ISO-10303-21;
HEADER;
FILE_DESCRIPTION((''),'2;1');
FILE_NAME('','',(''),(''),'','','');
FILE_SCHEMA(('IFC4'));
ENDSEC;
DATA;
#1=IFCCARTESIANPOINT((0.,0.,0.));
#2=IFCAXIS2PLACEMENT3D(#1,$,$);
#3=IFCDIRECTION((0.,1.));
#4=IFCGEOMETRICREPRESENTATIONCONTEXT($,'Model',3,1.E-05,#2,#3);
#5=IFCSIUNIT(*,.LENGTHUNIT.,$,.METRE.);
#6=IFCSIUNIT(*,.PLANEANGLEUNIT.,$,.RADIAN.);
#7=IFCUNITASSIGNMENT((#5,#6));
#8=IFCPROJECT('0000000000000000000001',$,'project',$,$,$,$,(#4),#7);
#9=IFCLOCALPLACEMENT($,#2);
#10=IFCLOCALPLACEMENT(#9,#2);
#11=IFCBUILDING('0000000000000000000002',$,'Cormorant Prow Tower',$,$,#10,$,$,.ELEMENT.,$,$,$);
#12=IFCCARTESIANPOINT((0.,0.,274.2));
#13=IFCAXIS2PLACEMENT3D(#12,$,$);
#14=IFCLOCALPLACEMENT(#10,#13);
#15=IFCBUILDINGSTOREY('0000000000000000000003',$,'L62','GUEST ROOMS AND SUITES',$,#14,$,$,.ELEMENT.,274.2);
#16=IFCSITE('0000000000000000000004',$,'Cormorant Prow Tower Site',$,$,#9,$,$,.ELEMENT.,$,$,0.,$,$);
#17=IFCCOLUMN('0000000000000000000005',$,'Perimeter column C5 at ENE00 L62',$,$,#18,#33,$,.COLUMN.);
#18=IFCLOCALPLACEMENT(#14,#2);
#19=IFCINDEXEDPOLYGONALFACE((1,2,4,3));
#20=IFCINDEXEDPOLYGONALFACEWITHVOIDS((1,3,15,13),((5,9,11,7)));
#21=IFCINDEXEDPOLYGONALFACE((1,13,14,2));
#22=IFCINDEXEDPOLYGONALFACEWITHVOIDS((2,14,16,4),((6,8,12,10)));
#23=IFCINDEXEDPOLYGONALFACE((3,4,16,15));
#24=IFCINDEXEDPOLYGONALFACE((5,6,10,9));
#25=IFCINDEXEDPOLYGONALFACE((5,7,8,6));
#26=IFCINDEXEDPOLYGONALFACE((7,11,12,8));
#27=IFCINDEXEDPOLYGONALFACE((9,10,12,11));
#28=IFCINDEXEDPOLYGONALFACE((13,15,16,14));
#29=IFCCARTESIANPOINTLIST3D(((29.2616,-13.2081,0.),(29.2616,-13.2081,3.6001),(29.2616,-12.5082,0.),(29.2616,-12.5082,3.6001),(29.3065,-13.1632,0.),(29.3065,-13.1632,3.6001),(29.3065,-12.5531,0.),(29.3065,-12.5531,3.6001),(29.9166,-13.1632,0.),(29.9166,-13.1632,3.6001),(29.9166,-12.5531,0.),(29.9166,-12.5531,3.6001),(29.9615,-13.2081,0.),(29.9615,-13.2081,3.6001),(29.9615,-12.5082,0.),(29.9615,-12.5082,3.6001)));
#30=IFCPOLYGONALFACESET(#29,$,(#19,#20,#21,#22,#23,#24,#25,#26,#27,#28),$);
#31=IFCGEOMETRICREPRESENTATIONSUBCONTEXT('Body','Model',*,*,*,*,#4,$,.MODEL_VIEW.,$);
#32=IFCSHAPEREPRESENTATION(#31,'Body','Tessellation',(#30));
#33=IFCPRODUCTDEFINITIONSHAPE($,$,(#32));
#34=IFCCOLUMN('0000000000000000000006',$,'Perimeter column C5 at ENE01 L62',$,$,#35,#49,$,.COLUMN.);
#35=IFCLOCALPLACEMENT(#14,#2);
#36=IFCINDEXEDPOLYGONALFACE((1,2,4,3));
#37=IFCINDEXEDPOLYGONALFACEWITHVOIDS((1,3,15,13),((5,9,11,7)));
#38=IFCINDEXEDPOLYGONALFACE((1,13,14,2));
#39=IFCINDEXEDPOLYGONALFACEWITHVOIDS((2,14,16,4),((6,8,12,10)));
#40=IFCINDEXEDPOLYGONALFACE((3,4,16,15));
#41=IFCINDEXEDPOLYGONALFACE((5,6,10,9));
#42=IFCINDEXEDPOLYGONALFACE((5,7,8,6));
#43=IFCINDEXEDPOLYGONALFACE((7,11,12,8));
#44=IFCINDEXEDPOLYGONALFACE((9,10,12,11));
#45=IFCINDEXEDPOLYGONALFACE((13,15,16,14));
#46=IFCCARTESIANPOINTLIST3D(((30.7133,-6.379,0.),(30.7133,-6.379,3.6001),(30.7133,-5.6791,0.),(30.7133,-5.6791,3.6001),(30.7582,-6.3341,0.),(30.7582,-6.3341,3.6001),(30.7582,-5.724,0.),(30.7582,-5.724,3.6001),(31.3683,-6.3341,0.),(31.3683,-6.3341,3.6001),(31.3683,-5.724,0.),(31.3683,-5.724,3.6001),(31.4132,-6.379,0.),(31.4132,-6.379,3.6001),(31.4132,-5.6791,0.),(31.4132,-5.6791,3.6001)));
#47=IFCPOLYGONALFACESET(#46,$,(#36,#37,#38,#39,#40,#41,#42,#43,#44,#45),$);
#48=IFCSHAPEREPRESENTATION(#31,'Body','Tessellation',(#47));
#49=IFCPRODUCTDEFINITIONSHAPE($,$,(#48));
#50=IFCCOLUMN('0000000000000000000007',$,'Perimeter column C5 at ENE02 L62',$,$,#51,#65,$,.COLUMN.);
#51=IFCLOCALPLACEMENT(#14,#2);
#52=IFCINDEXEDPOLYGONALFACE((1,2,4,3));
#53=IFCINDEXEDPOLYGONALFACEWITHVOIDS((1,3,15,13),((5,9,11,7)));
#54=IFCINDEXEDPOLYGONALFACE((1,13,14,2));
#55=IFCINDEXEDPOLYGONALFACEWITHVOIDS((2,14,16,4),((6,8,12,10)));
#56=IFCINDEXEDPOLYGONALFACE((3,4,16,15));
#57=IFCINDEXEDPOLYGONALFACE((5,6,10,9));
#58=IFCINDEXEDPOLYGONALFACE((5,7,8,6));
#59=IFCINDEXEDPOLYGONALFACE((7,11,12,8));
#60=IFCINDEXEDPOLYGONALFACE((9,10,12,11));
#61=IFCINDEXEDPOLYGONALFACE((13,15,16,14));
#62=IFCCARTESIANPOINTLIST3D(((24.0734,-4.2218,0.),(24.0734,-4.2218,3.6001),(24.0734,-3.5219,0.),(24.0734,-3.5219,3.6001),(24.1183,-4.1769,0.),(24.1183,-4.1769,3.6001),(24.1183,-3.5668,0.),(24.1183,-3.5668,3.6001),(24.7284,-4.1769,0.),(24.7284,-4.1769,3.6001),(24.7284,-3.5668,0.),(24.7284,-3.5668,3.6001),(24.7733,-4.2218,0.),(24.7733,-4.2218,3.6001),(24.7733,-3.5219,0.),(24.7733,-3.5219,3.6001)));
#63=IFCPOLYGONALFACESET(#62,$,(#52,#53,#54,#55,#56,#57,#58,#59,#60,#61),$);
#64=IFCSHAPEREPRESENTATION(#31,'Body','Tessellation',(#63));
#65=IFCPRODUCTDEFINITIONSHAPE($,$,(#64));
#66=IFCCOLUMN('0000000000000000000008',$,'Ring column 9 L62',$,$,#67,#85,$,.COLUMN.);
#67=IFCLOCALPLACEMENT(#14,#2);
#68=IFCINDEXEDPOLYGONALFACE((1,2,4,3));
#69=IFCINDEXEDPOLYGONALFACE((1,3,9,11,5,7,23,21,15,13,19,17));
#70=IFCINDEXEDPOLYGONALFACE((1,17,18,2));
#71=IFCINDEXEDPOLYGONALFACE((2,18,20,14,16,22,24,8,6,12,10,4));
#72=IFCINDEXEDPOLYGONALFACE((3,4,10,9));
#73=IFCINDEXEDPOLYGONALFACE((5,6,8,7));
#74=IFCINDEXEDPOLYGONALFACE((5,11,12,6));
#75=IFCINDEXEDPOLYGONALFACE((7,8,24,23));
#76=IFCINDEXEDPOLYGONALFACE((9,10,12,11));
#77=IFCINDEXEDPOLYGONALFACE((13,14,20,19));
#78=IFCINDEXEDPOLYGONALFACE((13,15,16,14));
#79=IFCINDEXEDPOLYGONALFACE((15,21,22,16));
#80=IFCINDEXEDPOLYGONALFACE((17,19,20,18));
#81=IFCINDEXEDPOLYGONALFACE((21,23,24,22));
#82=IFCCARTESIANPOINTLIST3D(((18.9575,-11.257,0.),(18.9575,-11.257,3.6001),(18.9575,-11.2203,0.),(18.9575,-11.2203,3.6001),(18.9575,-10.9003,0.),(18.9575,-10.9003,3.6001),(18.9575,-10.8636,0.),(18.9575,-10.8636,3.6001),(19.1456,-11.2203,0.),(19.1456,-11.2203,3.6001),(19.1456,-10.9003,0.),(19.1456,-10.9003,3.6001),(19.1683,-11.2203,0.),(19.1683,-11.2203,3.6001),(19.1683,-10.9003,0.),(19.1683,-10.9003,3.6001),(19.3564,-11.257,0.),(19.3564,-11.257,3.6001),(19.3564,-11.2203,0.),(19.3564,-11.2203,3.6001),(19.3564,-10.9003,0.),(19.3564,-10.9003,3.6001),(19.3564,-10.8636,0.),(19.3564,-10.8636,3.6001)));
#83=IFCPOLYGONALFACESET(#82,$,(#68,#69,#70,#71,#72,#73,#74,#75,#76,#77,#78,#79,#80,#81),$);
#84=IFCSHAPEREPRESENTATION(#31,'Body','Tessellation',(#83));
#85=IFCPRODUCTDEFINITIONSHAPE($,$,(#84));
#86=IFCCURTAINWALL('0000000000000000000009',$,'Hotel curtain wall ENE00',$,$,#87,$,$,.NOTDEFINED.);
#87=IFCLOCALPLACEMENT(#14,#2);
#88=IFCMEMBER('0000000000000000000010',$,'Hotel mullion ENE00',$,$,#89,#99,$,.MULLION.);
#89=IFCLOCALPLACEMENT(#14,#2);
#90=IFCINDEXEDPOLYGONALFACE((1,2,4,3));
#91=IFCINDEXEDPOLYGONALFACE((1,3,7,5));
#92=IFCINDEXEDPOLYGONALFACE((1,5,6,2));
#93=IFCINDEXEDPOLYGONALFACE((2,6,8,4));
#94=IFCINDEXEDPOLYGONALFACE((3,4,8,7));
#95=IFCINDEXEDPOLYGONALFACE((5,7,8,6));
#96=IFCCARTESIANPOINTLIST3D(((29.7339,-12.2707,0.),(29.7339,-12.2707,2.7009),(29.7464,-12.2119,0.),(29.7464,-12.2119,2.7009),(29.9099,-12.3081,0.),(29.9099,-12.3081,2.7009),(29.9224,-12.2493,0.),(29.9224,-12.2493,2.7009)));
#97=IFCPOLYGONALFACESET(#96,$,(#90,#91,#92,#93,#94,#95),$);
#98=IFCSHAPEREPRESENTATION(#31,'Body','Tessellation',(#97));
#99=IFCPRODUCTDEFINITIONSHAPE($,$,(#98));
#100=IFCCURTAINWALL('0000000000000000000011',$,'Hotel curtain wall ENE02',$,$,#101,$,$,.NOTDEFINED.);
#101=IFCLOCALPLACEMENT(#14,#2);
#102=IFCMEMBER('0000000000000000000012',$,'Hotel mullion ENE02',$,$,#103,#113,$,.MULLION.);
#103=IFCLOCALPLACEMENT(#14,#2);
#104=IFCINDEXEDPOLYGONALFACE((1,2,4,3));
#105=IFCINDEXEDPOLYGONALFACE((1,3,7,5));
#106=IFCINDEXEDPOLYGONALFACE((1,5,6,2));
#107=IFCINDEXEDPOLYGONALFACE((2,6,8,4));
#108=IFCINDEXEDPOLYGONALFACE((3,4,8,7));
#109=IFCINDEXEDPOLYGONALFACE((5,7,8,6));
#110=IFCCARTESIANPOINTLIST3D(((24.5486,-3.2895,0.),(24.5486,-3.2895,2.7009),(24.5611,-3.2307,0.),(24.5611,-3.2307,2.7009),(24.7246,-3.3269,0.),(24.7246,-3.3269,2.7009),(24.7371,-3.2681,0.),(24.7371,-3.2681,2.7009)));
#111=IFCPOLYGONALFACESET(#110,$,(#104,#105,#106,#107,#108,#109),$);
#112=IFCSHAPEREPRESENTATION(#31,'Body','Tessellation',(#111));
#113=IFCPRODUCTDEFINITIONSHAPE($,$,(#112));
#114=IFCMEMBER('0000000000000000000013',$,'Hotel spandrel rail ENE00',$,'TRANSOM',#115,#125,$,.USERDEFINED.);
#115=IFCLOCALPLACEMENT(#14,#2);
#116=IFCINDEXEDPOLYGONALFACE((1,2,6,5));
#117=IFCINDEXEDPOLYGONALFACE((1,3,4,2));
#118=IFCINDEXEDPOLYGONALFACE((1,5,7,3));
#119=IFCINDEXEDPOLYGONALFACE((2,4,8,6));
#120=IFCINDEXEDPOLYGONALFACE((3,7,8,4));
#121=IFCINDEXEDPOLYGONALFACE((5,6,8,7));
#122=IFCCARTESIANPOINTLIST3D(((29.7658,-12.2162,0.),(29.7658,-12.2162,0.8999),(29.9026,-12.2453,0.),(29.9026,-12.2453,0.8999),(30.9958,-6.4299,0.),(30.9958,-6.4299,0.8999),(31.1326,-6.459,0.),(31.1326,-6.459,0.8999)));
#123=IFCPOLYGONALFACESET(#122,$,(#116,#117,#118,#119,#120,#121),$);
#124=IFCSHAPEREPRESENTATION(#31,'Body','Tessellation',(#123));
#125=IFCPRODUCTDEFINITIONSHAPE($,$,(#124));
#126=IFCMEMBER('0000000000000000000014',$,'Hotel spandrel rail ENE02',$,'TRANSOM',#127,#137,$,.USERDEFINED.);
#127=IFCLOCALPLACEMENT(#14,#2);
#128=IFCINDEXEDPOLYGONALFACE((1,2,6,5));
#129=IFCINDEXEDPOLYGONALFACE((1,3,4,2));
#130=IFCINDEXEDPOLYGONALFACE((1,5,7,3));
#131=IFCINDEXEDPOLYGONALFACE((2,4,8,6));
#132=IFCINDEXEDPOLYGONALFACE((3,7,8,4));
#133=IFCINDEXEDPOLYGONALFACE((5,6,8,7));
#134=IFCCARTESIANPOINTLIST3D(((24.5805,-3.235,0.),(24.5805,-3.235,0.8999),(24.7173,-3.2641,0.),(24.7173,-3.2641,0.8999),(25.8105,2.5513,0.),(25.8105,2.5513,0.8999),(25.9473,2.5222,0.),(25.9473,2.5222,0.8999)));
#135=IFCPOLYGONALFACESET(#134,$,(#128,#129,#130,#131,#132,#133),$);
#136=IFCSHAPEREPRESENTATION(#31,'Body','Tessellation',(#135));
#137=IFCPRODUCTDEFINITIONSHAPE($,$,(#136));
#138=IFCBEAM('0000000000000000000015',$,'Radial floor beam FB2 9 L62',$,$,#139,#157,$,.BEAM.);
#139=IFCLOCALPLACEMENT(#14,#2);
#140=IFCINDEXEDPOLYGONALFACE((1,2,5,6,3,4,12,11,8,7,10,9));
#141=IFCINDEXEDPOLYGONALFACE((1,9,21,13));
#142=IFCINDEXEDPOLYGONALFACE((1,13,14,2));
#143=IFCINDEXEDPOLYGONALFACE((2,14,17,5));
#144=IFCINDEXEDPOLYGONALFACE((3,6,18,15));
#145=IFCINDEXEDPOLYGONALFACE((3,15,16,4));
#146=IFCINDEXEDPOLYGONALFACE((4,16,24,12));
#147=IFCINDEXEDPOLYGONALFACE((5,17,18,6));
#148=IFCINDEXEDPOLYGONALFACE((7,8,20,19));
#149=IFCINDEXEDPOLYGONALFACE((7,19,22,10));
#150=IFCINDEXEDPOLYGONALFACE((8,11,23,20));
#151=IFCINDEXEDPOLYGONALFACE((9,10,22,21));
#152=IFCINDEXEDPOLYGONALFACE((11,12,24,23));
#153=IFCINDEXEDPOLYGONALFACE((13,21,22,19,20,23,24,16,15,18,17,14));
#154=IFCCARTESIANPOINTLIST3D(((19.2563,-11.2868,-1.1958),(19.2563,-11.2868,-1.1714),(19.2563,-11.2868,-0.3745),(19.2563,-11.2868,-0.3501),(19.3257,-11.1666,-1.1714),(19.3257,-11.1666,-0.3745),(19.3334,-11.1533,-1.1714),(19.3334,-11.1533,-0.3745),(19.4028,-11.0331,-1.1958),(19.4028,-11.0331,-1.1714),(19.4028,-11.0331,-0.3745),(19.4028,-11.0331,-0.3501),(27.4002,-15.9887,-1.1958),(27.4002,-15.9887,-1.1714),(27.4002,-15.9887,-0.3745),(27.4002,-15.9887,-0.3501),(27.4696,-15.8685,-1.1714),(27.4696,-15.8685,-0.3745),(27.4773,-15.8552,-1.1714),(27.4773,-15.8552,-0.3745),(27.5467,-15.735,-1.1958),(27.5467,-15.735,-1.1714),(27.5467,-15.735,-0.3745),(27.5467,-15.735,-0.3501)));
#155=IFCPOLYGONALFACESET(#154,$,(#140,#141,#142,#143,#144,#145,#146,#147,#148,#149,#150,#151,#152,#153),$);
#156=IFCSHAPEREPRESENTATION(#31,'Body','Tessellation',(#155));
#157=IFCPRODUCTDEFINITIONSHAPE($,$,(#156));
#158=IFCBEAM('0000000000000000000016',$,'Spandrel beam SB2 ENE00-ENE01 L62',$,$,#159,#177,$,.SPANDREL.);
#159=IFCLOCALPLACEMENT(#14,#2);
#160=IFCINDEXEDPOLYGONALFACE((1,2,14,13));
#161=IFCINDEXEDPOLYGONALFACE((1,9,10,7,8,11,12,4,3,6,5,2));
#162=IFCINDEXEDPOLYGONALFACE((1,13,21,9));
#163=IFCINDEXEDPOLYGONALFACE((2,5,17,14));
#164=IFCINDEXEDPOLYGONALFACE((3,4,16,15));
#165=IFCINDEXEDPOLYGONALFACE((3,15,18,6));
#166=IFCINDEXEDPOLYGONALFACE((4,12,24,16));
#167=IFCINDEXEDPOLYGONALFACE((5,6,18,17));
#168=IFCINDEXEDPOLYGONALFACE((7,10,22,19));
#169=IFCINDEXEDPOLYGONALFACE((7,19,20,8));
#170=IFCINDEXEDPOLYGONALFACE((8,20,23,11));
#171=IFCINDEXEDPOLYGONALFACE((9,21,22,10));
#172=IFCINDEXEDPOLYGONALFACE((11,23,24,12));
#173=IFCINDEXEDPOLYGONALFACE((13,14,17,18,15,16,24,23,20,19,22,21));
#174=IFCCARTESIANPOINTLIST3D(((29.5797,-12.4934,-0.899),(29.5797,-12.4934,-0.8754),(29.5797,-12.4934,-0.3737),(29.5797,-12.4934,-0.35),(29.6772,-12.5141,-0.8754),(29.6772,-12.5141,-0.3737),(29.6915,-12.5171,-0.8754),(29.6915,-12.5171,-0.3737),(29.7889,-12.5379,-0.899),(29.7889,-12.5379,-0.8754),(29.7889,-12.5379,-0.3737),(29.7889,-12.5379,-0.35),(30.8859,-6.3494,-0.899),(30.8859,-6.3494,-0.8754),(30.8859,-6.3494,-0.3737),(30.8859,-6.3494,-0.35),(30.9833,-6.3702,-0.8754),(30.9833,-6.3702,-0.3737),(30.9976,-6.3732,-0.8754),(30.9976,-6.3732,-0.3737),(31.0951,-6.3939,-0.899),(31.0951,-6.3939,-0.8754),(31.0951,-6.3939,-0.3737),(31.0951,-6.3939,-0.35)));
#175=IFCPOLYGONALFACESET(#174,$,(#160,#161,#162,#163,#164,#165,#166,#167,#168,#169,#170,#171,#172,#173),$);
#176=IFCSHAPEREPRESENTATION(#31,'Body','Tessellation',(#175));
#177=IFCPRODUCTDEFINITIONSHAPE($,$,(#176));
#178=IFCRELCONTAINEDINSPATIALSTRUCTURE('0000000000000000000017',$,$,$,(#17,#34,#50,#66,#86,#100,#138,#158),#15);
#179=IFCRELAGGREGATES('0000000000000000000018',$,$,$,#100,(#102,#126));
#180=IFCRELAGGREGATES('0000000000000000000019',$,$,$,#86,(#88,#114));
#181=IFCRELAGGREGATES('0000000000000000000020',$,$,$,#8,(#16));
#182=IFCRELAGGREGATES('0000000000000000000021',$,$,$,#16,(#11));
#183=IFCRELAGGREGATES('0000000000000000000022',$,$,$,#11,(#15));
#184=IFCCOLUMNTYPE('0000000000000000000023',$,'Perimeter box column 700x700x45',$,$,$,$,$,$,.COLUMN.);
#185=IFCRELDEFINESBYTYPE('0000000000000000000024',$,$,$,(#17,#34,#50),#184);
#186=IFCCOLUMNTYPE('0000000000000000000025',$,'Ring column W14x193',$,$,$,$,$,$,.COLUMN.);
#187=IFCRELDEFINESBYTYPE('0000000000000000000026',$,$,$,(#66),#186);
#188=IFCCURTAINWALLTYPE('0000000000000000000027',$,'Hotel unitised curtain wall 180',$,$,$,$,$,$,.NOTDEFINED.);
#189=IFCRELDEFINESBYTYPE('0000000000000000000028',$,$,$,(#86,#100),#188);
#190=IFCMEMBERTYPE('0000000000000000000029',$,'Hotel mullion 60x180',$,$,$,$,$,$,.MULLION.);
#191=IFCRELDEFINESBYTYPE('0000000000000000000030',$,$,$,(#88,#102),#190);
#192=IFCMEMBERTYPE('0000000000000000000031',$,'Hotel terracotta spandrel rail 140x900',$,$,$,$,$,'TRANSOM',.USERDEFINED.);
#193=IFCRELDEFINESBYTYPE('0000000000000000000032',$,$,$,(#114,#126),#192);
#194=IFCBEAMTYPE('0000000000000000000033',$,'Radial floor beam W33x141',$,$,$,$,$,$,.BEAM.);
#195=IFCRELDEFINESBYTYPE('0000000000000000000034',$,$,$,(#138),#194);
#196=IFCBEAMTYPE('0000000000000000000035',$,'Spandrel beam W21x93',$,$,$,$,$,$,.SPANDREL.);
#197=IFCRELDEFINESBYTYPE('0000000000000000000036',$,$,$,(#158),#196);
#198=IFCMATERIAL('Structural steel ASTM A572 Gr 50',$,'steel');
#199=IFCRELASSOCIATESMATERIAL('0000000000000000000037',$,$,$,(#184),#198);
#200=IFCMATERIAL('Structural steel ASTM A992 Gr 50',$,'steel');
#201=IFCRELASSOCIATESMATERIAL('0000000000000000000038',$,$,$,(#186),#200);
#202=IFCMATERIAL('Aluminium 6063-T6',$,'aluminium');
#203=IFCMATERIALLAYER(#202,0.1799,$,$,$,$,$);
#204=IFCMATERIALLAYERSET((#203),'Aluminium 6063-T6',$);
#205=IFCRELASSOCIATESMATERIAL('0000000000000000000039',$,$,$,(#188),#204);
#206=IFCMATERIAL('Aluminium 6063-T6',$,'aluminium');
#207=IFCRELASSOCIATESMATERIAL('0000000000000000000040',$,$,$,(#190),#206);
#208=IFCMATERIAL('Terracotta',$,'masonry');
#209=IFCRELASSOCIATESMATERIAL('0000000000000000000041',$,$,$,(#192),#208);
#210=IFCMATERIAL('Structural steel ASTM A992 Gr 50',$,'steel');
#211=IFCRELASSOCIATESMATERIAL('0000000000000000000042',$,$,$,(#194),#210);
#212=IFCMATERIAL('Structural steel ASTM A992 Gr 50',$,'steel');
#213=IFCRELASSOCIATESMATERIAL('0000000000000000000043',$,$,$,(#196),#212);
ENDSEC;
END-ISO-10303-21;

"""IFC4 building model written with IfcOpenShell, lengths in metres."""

from ifc_helpers import new_model, si_unit, direction, frame, origin, origin_2d, place, context, subcontext, project, spatial, rectangle, hollow_rectangle, i_section, extrude, material, layer, layer_set, material_profile, profile_set, type_object, element, aggregate, save


model = new_model("IFC4")

# Units and contexts
model_context = context("Model", 3, precision=1e-05, world=origin(), true_north=direction((0.0, 1.0)))
body_context = subcontext(model_context, "Body", "Model", "MODEL_VIEW")
ifc_project = project(units=[si_unit("LENGTHUNIT", "METRE"), si_unit("PLANEANGLEUNIT", "RADIAN")], contexts=[model_context])

# Site, building, storey
site_placement = place(None, origin())
site = spatial("IfcSite", under=ifc_project, at=site_placement, Name="Cormorant Prow Tower Site", CompositionType="ELEMENT", RefElevation=0.0)
building_placement = place(site_placement, origin())
building = spatial("IfcBuilding", under=site, at=building_placement, Name="Cormorant Prow Tower", CompositionType="ELEMENT")
storey_placement = place(building_placement, frame((0.0, 0.0, 274.2)))
storey = spatial("IfcBuildingStorey", under=building, at=storey_placement, Name="L62", Description="GUEST ROOMS AND SUITES", CompositionType="ELEMENT", Elevation=274.2)

# Columns
ifc_material_1 = material(Name="Structural steel ASTM A572 Gr 50", Category="steel")
ifc_material_profile_1 = material_profile(ifc_material_1, hollow_rectangle(XDim=0.7, YDim=0.7, WallThickness=0.0449, at=origin_2d()), Name="Box 700x700x45")
ifc_profile_set_1 = profile_set([ifc_material_profile_1], Name="Structural steel ASTM A572 Gr 50")
column_type_1 = type_object("IfcColumnType", Name="Perimeter box column 700x700x45", PredefinedType="COLUMN", material=ifc_profile_set_1)
for number, where, z_axis, x_axis, name in (
    (1, (29.6116, -12.8582, 0.0), (0.0, 0.0, 1.0), (1.0, 0.0, 0.0), "Perimeter column C5 at ENE00 L62"),
    (2, (31.0632, -6.0291, 0.0), (0.0, 0.0, 1.0), (1.0, 0.0, 0.0), "Perimeter column C5 at ENE01 L62"),
    (3, (24.4233, -3.8718, 0.0), (0.0, 0.0, 1.0), (1.0, 0.0, 0.0), "Perimeter column C5 at ENE02 L62"),
):
    element("IfcColumn", number, at=place(storey_placement, frame(where, z_axis=z_axis, x_axis=x_axis)), inside=storey, type_object=column_type_1, Name=name, PredefinedType="COLUMN", context=body_context, shape_type="SweptSolid", body=[
        extrude(hollow_rectangle(XDim=0.7, YDim=0.7, WallThickness=0.0449, at=origin_2d()), origin(), (0.0, 0.0, 1.0), 3.6001),
    ])
ifc_material_2 = material(Name="Structural steel ASTM A992 Gr 50", Category="steel")
ifc_material_profile_2 = material_profile(ifc_material_2, i_section(OverallWidth=0.3989, OverallDepth=0.3933, WebThickness=0.0227, FlangeThickness=0.0366, at=origin_2d()), Name="W14x193")
ifc_profile_set_2 = profile_set([ifc_material_profile_2], Name="Structural steel ASTM A992 Gr 50")
column_type_2 = type_object("IfcColumnType", Name="Ring column W14x193", PredefinedType="COLUMN", material=ifc_profile_set_2)
column_placement = place(storey_placement, frame((19.157, -11.0603, 0.0), z_axis=(0.0, 0.0, 1.0), x_axis=(1.0, 0.0, 0.0)))
element("IfcColumn", 4, at=column_placement, inside=storey, type_object=column_type_2, Name="Ring column 9 L62", PredefinedType="COLUMN", context=body_context, shape_type="SweptSolid", body=[
    extrude(i_section(OverallWidth=0.3989, OverallDepth=0.3933, WebThickness=0.0227, FlangeThickness=0.0366, at=origin_2d()), origin(), (0.0, 0.0, 1.0), 3.6001),
])

# Curtain walls, members
ifc_material_3 = material(Name="Aluminium 6063-T6", Category="aluminium")
ifc_layer_1 = layer(ifc_material_3, 0.1799)
ifc_layer_set_1 = layer_set([ifc_layer_1], Name="Aluminium 6063-T6")
curtain_wall_type = type_object("IfcCurtainWallType", Name="Hotel unitised curtain wall 180", PredefinedType="NOTDEFINED", material=ifc_layer_set_1)
curtain_wall_1_placement = place(storey_placement, origin())
curtain_wall_1 = element("IfcCurtainWall", 5, at=curtain_wall_1_placement, inside=storey, type_object=curtain_wall_type, Name="Hotel curtain wall ENE00", PredefinedType="NOTDEFINED")
ifc_material_4 = material(Name="Aluminium 6063-T6", Category="aluminium")
ifc_material_profile_3 = material_profile(ifc_material_4, rectangle(XDim=0.1799, YDim=0.0601, at=origin_2d()), Name="Hotel mullion 60x180")
ifc_profile_set_3 = profile_set([ifc_material_profile_3], Name="Aluminium 6063-T6")
member_type_1 = type_object("IfcMemberType", Name="Hotel mullion 60x180", PredefinedType="MULLION", material=ifc_profile_set_3)
member_1_placement = place(storey_placement, frame((29.8281, -12.26, 0.0), z_axis=(0.0, 0.0, 1.0), x_axis=(-0.978148, 0.207912, 0.0)))
member_1 = element("IfcMember", 6, at=member_1_placement, type_object=member_type_1, Name="Hotel mullion ENE00", PredefinedType="MULLION", context=body_context, shape_type="SweptSolid", body=[
    extrude(rectangle(XDim=0.1799, YDim=0.0601, at=origin_2d()), origin(), (0.0, 0.0, 1.0), 2.7009),
])
curtain_wall_2_placement = place(storey_placement, origin())
curtain_wall_2 = element("IfcCurtainWall", 7, at=curtain_wall_2_placement, inside=storey, type_object=curtain_wall_type, Name="Hotel curtain wall ENE02", PredefinedType="NOTDEFINED")
member_2_placement = place(storey_placement, frame((24.6428, -3.2788, 0.0), z_axis=(0.0, 0.0, 1.0), x_axis=(-0.978148, 0.207912, 0.0)))
member_2 = element("IfcMember", 8, at=member_2_placement, type_object=member_type_1, Name="Hotel mullion ENE02", PredefinedType="MULLION", context=body_context, shape_type="SweptSolid", body=[
    extrude(rectangle(XDim=0.1799, YDim=0.0601, at=origin_2d()), origin(), (0.0, 0.0, 1.0), 2.7009),
])

# Members
ifc_material_5 = material(Name="Terracotta", Category="masonry")
ifc_material_profile_4 = material_profile(ifc_material_5, rectangle(XDim=0.1399, YDim=0.8999, at=origin_2d()), Name="Hotel terracotta spandrel rail 140x900")
ifc_profile_set_4 = profile_set([ifc_material_profile_4], Name="Terracotta")
member_type_2 = type_object("IfcMemberType", Name="Hotel terracotta spandrel rail 140x900", ElementType="TRANSOM", PredefinedType="USERDEFINED", material=ifc_profile_set_4)
member_3_placement = place(storey_placement, frame((29.8342, -12.2307, 0.45), z_axis=(0.207928, 0.978144, 0.0), x_axis=(-0.978144, 0.207928, 0.0)))
member_3 = element("IfcMember", 9, at=member_3_placement, type_object=member_type_2, Name="Hotel spandrel rail ENE00", ObjectType="TRANSOM", PredefinedType="USERDEFINED", context=body_context, shape_type="SweptSolid", body=[
    extrude(rectangle(XDim=0.1399, YDim=0.8999, at=origin_2d()), origin(), (0.0, 0.0, 1.0), 5.9155),
])
member_4_placement = place(storey_placement, frame((24.6489, -3.2495, 0.45), z_axis=(0.207928, 0.978144, 0.0), x_axis=(-0.978144, 0.207928, 0.0)))
member_4 = element("IfcMember", 10, at=member_4_placement, type_object=member_type_2, Name="Hotel spandrel rail ENE02", ObjectType="TRANSOM", PredefinedType="USERDEFINED", context=body_context, shape_type="SweptSolid", body=[
    extrude(rectangle(XDim=0.1399, YDim=0.8999, at=origin_2d()), origin(), (0.0, 0.0, 1.0), 5.9155),
])
aggregate(curtain_wall_2, [member_2, member_4])

# Beams
ifc_material_6 = material(Name="Structural steel ASTM A992 Gr 50", Category="steel")
ifc_material_profile_5 = material_profile(ifc_material_6, i_section(OverallWidth=0.293, OverallDepth=0.8457, WebThickness=0.0154, FlangeThickness=0.0244, at=origin_2d()), Name="W33x141")
ifc_profile_set_5 = profile_set([ifc_material_profile_5], Name="Structural steel ASTM A992 Gr 50")
beam_type_1 = type_object("IfcBeamType", Name="Radial floor beam W33x141", PredefinedType="BEAM", material=ifc_profile_set_5)
beam_placement = place(storey_placement, frame((19.3296, -11.1599, -0.7729), z_axis=(0.866022, -0.500006, 0.0), x_axis=(0.500006, 0.866022, 0.0)))
element("IfcBeam", 11, at=beam_placement, inside=storey, type_object=beam_type_1, Name="Radial floor beam FB2 9 L62", PredefinedType="BEAM", context=body_context, shape_type="SweptSolid", body=[
    extrude(i_section(OverallWidth=0.293, OverallDepth=0.8457, WebThickness=0.0154, FlangeThickness=0.0244, at=origin_2d()), origin(), (0.0, 0.0, 1.0), 9.4038),
])
ifc_material_7 = material(Name="Structural steel ASTM A992 Gr 50", Category="steel")
ifc_material_profile_6 = material_profile(ifc_material_7, i_section(OverallWidth=0.2139, OverallDepth=0.5491, WebThickness=0.0146, FlangeThickness=0.0237, at=origin_2d()), Name="W21x93")
ifc_profile_set_6 = profile_set([ifc_material_profile_6], Name="Structural steel ASTM A992 Gr 50")
beam_type_2 = type_object("IfcBeamType", Name="Spandrel beam W21x93", PredefinedType="SPANDREL", material=ifc_profile_set_6)
for number, where, z_axis, x_axis, name in (
    (12, (29.6843, -12.5156, -0.6245), (0.207941, 0.978141, 0.0), (-0.978141, 0.207941, 0.0), "Spandrel beam SB2 ENE00-ENE01 L62"),
):
    element("IfcBeam", number, at=place(storey_placement, frame(where, z_axis=z_axis, x_axis=x_axis)), inside=storey, type_object=beam_type_2, Name=name, PredefinedType="SPANDREL", context=body_context, shape_type="SweptSolid", body=[
        extrude(i_section(OverallWidth=0.2139, OverallDepth=0.5491, WebThickness=0.0146, FlangeThickness=0.0237, at=origin_2d()), origin(), (0.0, 0.0, 1.0), 6.2812),
    ])

aggregate(curtain_wall_1, [member_1, member_3])

save(model, "model.ifc")
